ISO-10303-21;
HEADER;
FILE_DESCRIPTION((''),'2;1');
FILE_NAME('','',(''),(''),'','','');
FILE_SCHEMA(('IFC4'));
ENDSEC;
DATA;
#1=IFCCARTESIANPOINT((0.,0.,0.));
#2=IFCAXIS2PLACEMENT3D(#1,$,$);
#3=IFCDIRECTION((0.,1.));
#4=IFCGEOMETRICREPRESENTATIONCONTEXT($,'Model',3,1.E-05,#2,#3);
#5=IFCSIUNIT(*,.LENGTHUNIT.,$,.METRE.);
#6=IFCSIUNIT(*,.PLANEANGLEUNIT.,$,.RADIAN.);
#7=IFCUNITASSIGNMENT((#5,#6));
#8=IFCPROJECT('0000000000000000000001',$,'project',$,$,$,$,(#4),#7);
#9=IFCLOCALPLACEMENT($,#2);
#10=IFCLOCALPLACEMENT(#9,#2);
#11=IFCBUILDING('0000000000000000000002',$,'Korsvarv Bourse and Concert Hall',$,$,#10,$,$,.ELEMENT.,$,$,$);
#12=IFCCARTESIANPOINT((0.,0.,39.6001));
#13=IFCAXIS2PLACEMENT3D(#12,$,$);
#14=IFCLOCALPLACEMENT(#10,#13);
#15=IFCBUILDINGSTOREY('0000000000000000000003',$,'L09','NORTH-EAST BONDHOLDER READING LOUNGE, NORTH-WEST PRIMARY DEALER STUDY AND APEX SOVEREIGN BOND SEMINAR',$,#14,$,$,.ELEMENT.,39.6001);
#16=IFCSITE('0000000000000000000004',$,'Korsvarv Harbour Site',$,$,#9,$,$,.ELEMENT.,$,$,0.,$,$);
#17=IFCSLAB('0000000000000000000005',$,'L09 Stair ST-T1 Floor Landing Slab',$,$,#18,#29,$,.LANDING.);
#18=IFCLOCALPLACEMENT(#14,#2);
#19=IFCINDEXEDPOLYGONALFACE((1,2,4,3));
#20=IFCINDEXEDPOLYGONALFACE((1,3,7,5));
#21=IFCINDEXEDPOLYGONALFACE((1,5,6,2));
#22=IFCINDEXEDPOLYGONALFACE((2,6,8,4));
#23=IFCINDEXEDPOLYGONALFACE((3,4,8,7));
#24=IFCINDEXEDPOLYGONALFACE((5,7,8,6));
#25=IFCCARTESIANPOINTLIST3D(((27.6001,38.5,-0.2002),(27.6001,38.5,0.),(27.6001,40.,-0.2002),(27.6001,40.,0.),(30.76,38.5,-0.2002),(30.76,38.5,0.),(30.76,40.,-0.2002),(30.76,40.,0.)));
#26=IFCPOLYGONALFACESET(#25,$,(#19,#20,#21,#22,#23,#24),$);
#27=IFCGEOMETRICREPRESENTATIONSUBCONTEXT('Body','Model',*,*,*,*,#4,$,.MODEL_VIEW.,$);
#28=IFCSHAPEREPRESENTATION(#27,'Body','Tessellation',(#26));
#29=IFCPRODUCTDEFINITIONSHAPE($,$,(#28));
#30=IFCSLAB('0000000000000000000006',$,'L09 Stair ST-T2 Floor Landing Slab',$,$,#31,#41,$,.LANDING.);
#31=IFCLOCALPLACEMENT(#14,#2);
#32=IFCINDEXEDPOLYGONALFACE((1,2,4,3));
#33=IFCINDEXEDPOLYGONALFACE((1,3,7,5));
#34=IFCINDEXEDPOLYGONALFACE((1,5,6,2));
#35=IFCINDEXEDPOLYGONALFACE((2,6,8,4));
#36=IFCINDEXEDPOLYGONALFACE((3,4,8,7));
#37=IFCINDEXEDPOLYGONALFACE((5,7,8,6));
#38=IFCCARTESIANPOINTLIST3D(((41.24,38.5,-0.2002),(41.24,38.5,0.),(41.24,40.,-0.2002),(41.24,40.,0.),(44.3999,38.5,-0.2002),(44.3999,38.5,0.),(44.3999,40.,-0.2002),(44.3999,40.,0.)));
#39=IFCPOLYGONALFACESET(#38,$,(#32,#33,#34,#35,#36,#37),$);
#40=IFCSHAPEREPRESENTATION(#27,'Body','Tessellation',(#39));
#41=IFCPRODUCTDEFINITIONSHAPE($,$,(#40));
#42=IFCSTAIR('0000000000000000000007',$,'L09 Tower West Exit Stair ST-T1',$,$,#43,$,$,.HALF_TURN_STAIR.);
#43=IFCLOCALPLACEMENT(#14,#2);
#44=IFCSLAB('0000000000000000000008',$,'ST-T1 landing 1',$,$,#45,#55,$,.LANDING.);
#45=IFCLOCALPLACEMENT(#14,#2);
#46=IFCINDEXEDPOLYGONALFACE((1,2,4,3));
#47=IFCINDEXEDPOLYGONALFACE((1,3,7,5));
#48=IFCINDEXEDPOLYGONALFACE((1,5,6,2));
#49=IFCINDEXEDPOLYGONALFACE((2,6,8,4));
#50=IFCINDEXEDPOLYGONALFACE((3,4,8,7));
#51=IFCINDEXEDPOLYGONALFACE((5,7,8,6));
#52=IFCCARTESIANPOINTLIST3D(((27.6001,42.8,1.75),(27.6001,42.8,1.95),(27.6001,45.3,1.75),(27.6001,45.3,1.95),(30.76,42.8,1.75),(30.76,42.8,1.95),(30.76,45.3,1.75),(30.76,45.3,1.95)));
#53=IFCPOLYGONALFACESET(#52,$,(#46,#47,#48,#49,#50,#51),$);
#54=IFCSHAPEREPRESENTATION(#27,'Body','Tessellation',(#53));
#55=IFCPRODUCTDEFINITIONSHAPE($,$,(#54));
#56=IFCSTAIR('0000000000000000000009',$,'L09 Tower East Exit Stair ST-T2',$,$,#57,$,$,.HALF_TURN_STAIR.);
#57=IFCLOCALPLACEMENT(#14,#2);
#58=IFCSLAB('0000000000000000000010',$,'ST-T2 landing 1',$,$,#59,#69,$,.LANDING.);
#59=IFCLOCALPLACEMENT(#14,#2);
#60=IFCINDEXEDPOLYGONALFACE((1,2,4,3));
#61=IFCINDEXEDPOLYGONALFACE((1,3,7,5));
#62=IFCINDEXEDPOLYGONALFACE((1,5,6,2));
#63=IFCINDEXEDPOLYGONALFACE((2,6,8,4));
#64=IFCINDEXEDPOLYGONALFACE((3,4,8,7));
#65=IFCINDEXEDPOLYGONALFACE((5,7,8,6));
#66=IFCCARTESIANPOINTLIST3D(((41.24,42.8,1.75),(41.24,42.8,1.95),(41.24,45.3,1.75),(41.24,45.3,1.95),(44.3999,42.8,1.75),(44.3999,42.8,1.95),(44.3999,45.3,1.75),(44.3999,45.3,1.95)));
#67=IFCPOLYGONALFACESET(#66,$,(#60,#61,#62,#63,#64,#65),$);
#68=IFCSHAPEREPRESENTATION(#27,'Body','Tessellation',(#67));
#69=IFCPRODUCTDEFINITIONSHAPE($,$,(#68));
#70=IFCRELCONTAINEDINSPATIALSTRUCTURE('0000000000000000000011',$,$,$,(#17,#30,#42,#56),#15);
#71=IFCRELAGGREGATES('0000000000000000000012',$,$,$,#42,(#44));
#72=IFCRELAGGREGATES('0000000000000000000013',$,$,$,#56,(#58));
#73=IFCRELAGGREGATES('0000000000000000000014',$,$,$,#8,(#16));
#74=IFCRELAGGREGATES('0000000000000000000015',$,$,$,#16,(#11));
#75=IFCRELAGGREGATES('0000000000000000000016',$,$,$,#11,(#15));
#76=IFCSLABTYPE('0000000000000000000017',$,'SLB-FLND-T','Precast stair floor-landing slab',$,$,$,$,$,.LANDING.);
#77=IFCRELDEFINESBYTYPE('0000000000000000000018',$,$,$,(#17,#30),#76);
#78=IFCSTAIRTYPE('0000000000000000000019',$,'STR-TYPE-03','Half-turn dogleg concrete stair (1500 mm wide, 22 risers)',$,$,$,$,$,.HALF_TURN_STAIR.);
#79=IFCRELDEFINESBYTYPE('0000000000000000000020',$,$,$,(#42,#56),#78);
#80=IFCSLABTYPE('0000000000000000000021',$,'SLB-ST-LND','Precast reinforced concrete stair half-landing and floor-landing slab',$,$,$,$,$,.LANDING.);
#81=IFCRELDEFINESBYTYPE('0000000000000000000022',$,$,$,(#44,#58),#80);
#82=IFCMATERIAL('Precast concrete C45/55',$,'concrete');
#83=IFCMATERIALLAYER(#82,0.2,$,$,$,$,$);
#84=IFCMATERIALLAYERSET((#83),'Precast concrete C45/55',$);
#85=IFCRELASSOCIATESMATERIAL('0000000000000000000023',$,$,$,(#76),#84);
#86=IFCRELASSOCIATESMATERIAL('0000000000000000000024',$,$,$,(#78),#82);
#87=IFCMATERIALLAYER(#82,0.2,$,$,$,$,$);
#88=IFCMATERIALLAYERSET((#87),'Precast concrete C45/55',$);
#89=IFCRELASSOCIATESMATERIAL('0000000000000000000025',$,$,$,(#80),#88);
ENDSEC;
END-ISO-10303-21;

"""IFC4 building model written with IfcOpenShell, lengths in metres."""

from ifc_helpers import new_model, si_unit, direction, frame, origin, place, context, subcontext, project, spatial, polyline, outline, extrude, material, layer, layer_set, type_object, element, aggregate, save


model = new_model("IFC4")

# Units and contexts
model_context = context("Model", 3, precision=1e-05, world=origin(), true_north=direction((0.0, 1.0)))
body_context = subcontext(model_context, "Body", "Model", "MODEL_VIEW")
ifc_project = project(units=[si_unit("LENGTHUNIT", "METRE"), si_unit("PLANEANGLEUNIT", "RADIAN")], contexts=[model_context])

# Site, building, storey
site_placement = place(None, origin())
site = spatial("IfcSite", under=ifc_project, at=site_placement, Name="Korsvarv Harbour Site", CompositionType="ELEMENT", RefElevation=0.0)
building_placement = place(site_placement, origin())
building = spatial("IfcBuilding", under=site, at=building_placement, Name="Korsvarv Bourse and Concert Hall", CompositionType="ELEMENT")
storey_placement = place(building_placement, frame((0.0, 0.0, 39.6001)))
storey = spatial("IfcBuildingStorey", under=building, at=storey_placement, Name="L09", Description="NORTH-EAST BONDHOLDER READING LOUNGE, NORTH-WEST PRIMARY DEALER STUDY AND APEX SOVEREIGN BOND SEMINAR", CompositionType="ELEMENT", Elevation=39.6001)

# Slabs
ifc_material_1 = material(Name="Precast concrete C45/55", Category="concrete")
ifc_layer_1 = layer(ifc_material_1, 0.2)
ifc_layer_set_1 = layer_set([ifc_layer_1], Name="Precast concrete C45/55")
slab_type_1 = type_object("IfcSlabType", Name="SLB-FLND-T", Description="Precast stair floor-landing slab", PredefinedType="LANDING", material=ifc_layer_set_1)
slab_1_placement = place(storey_placement, frame((0.0, 0.0, -0.2002)))
element("IfcSlab", 1, at=slab_1_placement, inside=storey, type_object=slab_type_1, Name="L09 Stair ST-T1 Floor Landing Slab", PredefinedType="LANDING", context=body_context, shape_type="SweptSolid", body=[
    extrude(outline(polyline([(30.76, 38.5), (30.76, 40.0), (27.6001, 40.0), (27.6001, 38.5), (30.76, 38.5)])), origin(), (0.0, 0.0, 1.0), 0.2002),
])
slab_2_placement = place(storey_placement, frame((0.0, 0.0, -0.2002)))
element("IfcSlab", 2, at=slab_2_placement, inside=storey, type_object=slab_type_1, Name="L09 Stair ST-T2 Floor Landing Slab", PredefinedType="LANDING", context=body_context, shape_type="SweptSolid", body=[
    extrude(outline(polyline([(44.3999, 38.5), (44.3999, 40.0), (41.24, 40.0), (41.24, 38.5), (44.3999, 38.5)])), origin(), (0.0, 0.0, 1.0), 0.2002),
])

# Stairs, slabs
stair_type = type_object("IfcStairType", Name="STR-TYPE-03", Description="Half-turn dogleg concrete stair (1500 mm wide, 22 risers)", PredefinedType="HALF_TURN_STAIR", material=ifc_material_1)
stair_1_placement = place(storey_placement, origin())
stair_1 = element("IfcStair", 3, at=stair_1_placement, inside=storey, type_object=stair_type, Name="L09 Tower West Exit Stair ST-T1", PredefinedType="HALF_TURN_STAIR")
ifc_layer_2 = layer(ifc_material_1, 0.2)
ifc_layer_set_2 = layer_set([ifc_layer_2], Name="Precast concrete C45/55")
slab_type_2 = type_object("IfcSlabType", Name="SLB-ST-LND", Description="Precast reinforced concrete stair half-landing and floor-landing slab", PredefinedType="LANDING", material=ifc_layer_set_2)
slab_3_placement = place(storey_placement, frame((0.0, 0.0, 1.75)))
slab_3 = element("IfcSlab", 4, at=slab_3_placement, type_object=slab_type_2, Name="ST-T1 landing 1", PredefinedType="LANDING", context=body_context, shape_type="SweptSolid", body=[
    extrude(outline(polyline([(30.76, 42.8), (30.76, 45.3), (27.6001, 45.3), (27.6001, 42.8), (30.76, 42.8)])), origin(), (0.0, 0.0, 1.0), 0.2),
])
aggregate(stair_1, [slab_3])
stair_2_placement = place(storey_placement, origin())
stair_2 = element("IfcStair", 5, at=stair_2_placement, inside=storey, type_object=stair_type, Name="L09 Tower East Exit Stair ST-T2", PredefinedType="HALF_TURN_STAIR")
slab_4_placement = place(storey_placement, frame((0.0, 0.0, 1.75)))
slab_4 = element("IfcSlab", 6, at=slab_4_placement, type_object=slab_type_2, Name="ST-T2 landing 1", PredefinedType="LANDING", context=body_context, shape_type="SweptSolid", body=[
    extrude(outline(polyline([(44.3999, 42.8), (44.3999, 45.3), (41.24, 45.3), (41.24, 42.8), (44.3999, 42.8)])), origin(), (0.0, 0.0, 1.0), 0.2),
])
aggregate(stair_2, [slab_4])

save(model, "model.ifc")
